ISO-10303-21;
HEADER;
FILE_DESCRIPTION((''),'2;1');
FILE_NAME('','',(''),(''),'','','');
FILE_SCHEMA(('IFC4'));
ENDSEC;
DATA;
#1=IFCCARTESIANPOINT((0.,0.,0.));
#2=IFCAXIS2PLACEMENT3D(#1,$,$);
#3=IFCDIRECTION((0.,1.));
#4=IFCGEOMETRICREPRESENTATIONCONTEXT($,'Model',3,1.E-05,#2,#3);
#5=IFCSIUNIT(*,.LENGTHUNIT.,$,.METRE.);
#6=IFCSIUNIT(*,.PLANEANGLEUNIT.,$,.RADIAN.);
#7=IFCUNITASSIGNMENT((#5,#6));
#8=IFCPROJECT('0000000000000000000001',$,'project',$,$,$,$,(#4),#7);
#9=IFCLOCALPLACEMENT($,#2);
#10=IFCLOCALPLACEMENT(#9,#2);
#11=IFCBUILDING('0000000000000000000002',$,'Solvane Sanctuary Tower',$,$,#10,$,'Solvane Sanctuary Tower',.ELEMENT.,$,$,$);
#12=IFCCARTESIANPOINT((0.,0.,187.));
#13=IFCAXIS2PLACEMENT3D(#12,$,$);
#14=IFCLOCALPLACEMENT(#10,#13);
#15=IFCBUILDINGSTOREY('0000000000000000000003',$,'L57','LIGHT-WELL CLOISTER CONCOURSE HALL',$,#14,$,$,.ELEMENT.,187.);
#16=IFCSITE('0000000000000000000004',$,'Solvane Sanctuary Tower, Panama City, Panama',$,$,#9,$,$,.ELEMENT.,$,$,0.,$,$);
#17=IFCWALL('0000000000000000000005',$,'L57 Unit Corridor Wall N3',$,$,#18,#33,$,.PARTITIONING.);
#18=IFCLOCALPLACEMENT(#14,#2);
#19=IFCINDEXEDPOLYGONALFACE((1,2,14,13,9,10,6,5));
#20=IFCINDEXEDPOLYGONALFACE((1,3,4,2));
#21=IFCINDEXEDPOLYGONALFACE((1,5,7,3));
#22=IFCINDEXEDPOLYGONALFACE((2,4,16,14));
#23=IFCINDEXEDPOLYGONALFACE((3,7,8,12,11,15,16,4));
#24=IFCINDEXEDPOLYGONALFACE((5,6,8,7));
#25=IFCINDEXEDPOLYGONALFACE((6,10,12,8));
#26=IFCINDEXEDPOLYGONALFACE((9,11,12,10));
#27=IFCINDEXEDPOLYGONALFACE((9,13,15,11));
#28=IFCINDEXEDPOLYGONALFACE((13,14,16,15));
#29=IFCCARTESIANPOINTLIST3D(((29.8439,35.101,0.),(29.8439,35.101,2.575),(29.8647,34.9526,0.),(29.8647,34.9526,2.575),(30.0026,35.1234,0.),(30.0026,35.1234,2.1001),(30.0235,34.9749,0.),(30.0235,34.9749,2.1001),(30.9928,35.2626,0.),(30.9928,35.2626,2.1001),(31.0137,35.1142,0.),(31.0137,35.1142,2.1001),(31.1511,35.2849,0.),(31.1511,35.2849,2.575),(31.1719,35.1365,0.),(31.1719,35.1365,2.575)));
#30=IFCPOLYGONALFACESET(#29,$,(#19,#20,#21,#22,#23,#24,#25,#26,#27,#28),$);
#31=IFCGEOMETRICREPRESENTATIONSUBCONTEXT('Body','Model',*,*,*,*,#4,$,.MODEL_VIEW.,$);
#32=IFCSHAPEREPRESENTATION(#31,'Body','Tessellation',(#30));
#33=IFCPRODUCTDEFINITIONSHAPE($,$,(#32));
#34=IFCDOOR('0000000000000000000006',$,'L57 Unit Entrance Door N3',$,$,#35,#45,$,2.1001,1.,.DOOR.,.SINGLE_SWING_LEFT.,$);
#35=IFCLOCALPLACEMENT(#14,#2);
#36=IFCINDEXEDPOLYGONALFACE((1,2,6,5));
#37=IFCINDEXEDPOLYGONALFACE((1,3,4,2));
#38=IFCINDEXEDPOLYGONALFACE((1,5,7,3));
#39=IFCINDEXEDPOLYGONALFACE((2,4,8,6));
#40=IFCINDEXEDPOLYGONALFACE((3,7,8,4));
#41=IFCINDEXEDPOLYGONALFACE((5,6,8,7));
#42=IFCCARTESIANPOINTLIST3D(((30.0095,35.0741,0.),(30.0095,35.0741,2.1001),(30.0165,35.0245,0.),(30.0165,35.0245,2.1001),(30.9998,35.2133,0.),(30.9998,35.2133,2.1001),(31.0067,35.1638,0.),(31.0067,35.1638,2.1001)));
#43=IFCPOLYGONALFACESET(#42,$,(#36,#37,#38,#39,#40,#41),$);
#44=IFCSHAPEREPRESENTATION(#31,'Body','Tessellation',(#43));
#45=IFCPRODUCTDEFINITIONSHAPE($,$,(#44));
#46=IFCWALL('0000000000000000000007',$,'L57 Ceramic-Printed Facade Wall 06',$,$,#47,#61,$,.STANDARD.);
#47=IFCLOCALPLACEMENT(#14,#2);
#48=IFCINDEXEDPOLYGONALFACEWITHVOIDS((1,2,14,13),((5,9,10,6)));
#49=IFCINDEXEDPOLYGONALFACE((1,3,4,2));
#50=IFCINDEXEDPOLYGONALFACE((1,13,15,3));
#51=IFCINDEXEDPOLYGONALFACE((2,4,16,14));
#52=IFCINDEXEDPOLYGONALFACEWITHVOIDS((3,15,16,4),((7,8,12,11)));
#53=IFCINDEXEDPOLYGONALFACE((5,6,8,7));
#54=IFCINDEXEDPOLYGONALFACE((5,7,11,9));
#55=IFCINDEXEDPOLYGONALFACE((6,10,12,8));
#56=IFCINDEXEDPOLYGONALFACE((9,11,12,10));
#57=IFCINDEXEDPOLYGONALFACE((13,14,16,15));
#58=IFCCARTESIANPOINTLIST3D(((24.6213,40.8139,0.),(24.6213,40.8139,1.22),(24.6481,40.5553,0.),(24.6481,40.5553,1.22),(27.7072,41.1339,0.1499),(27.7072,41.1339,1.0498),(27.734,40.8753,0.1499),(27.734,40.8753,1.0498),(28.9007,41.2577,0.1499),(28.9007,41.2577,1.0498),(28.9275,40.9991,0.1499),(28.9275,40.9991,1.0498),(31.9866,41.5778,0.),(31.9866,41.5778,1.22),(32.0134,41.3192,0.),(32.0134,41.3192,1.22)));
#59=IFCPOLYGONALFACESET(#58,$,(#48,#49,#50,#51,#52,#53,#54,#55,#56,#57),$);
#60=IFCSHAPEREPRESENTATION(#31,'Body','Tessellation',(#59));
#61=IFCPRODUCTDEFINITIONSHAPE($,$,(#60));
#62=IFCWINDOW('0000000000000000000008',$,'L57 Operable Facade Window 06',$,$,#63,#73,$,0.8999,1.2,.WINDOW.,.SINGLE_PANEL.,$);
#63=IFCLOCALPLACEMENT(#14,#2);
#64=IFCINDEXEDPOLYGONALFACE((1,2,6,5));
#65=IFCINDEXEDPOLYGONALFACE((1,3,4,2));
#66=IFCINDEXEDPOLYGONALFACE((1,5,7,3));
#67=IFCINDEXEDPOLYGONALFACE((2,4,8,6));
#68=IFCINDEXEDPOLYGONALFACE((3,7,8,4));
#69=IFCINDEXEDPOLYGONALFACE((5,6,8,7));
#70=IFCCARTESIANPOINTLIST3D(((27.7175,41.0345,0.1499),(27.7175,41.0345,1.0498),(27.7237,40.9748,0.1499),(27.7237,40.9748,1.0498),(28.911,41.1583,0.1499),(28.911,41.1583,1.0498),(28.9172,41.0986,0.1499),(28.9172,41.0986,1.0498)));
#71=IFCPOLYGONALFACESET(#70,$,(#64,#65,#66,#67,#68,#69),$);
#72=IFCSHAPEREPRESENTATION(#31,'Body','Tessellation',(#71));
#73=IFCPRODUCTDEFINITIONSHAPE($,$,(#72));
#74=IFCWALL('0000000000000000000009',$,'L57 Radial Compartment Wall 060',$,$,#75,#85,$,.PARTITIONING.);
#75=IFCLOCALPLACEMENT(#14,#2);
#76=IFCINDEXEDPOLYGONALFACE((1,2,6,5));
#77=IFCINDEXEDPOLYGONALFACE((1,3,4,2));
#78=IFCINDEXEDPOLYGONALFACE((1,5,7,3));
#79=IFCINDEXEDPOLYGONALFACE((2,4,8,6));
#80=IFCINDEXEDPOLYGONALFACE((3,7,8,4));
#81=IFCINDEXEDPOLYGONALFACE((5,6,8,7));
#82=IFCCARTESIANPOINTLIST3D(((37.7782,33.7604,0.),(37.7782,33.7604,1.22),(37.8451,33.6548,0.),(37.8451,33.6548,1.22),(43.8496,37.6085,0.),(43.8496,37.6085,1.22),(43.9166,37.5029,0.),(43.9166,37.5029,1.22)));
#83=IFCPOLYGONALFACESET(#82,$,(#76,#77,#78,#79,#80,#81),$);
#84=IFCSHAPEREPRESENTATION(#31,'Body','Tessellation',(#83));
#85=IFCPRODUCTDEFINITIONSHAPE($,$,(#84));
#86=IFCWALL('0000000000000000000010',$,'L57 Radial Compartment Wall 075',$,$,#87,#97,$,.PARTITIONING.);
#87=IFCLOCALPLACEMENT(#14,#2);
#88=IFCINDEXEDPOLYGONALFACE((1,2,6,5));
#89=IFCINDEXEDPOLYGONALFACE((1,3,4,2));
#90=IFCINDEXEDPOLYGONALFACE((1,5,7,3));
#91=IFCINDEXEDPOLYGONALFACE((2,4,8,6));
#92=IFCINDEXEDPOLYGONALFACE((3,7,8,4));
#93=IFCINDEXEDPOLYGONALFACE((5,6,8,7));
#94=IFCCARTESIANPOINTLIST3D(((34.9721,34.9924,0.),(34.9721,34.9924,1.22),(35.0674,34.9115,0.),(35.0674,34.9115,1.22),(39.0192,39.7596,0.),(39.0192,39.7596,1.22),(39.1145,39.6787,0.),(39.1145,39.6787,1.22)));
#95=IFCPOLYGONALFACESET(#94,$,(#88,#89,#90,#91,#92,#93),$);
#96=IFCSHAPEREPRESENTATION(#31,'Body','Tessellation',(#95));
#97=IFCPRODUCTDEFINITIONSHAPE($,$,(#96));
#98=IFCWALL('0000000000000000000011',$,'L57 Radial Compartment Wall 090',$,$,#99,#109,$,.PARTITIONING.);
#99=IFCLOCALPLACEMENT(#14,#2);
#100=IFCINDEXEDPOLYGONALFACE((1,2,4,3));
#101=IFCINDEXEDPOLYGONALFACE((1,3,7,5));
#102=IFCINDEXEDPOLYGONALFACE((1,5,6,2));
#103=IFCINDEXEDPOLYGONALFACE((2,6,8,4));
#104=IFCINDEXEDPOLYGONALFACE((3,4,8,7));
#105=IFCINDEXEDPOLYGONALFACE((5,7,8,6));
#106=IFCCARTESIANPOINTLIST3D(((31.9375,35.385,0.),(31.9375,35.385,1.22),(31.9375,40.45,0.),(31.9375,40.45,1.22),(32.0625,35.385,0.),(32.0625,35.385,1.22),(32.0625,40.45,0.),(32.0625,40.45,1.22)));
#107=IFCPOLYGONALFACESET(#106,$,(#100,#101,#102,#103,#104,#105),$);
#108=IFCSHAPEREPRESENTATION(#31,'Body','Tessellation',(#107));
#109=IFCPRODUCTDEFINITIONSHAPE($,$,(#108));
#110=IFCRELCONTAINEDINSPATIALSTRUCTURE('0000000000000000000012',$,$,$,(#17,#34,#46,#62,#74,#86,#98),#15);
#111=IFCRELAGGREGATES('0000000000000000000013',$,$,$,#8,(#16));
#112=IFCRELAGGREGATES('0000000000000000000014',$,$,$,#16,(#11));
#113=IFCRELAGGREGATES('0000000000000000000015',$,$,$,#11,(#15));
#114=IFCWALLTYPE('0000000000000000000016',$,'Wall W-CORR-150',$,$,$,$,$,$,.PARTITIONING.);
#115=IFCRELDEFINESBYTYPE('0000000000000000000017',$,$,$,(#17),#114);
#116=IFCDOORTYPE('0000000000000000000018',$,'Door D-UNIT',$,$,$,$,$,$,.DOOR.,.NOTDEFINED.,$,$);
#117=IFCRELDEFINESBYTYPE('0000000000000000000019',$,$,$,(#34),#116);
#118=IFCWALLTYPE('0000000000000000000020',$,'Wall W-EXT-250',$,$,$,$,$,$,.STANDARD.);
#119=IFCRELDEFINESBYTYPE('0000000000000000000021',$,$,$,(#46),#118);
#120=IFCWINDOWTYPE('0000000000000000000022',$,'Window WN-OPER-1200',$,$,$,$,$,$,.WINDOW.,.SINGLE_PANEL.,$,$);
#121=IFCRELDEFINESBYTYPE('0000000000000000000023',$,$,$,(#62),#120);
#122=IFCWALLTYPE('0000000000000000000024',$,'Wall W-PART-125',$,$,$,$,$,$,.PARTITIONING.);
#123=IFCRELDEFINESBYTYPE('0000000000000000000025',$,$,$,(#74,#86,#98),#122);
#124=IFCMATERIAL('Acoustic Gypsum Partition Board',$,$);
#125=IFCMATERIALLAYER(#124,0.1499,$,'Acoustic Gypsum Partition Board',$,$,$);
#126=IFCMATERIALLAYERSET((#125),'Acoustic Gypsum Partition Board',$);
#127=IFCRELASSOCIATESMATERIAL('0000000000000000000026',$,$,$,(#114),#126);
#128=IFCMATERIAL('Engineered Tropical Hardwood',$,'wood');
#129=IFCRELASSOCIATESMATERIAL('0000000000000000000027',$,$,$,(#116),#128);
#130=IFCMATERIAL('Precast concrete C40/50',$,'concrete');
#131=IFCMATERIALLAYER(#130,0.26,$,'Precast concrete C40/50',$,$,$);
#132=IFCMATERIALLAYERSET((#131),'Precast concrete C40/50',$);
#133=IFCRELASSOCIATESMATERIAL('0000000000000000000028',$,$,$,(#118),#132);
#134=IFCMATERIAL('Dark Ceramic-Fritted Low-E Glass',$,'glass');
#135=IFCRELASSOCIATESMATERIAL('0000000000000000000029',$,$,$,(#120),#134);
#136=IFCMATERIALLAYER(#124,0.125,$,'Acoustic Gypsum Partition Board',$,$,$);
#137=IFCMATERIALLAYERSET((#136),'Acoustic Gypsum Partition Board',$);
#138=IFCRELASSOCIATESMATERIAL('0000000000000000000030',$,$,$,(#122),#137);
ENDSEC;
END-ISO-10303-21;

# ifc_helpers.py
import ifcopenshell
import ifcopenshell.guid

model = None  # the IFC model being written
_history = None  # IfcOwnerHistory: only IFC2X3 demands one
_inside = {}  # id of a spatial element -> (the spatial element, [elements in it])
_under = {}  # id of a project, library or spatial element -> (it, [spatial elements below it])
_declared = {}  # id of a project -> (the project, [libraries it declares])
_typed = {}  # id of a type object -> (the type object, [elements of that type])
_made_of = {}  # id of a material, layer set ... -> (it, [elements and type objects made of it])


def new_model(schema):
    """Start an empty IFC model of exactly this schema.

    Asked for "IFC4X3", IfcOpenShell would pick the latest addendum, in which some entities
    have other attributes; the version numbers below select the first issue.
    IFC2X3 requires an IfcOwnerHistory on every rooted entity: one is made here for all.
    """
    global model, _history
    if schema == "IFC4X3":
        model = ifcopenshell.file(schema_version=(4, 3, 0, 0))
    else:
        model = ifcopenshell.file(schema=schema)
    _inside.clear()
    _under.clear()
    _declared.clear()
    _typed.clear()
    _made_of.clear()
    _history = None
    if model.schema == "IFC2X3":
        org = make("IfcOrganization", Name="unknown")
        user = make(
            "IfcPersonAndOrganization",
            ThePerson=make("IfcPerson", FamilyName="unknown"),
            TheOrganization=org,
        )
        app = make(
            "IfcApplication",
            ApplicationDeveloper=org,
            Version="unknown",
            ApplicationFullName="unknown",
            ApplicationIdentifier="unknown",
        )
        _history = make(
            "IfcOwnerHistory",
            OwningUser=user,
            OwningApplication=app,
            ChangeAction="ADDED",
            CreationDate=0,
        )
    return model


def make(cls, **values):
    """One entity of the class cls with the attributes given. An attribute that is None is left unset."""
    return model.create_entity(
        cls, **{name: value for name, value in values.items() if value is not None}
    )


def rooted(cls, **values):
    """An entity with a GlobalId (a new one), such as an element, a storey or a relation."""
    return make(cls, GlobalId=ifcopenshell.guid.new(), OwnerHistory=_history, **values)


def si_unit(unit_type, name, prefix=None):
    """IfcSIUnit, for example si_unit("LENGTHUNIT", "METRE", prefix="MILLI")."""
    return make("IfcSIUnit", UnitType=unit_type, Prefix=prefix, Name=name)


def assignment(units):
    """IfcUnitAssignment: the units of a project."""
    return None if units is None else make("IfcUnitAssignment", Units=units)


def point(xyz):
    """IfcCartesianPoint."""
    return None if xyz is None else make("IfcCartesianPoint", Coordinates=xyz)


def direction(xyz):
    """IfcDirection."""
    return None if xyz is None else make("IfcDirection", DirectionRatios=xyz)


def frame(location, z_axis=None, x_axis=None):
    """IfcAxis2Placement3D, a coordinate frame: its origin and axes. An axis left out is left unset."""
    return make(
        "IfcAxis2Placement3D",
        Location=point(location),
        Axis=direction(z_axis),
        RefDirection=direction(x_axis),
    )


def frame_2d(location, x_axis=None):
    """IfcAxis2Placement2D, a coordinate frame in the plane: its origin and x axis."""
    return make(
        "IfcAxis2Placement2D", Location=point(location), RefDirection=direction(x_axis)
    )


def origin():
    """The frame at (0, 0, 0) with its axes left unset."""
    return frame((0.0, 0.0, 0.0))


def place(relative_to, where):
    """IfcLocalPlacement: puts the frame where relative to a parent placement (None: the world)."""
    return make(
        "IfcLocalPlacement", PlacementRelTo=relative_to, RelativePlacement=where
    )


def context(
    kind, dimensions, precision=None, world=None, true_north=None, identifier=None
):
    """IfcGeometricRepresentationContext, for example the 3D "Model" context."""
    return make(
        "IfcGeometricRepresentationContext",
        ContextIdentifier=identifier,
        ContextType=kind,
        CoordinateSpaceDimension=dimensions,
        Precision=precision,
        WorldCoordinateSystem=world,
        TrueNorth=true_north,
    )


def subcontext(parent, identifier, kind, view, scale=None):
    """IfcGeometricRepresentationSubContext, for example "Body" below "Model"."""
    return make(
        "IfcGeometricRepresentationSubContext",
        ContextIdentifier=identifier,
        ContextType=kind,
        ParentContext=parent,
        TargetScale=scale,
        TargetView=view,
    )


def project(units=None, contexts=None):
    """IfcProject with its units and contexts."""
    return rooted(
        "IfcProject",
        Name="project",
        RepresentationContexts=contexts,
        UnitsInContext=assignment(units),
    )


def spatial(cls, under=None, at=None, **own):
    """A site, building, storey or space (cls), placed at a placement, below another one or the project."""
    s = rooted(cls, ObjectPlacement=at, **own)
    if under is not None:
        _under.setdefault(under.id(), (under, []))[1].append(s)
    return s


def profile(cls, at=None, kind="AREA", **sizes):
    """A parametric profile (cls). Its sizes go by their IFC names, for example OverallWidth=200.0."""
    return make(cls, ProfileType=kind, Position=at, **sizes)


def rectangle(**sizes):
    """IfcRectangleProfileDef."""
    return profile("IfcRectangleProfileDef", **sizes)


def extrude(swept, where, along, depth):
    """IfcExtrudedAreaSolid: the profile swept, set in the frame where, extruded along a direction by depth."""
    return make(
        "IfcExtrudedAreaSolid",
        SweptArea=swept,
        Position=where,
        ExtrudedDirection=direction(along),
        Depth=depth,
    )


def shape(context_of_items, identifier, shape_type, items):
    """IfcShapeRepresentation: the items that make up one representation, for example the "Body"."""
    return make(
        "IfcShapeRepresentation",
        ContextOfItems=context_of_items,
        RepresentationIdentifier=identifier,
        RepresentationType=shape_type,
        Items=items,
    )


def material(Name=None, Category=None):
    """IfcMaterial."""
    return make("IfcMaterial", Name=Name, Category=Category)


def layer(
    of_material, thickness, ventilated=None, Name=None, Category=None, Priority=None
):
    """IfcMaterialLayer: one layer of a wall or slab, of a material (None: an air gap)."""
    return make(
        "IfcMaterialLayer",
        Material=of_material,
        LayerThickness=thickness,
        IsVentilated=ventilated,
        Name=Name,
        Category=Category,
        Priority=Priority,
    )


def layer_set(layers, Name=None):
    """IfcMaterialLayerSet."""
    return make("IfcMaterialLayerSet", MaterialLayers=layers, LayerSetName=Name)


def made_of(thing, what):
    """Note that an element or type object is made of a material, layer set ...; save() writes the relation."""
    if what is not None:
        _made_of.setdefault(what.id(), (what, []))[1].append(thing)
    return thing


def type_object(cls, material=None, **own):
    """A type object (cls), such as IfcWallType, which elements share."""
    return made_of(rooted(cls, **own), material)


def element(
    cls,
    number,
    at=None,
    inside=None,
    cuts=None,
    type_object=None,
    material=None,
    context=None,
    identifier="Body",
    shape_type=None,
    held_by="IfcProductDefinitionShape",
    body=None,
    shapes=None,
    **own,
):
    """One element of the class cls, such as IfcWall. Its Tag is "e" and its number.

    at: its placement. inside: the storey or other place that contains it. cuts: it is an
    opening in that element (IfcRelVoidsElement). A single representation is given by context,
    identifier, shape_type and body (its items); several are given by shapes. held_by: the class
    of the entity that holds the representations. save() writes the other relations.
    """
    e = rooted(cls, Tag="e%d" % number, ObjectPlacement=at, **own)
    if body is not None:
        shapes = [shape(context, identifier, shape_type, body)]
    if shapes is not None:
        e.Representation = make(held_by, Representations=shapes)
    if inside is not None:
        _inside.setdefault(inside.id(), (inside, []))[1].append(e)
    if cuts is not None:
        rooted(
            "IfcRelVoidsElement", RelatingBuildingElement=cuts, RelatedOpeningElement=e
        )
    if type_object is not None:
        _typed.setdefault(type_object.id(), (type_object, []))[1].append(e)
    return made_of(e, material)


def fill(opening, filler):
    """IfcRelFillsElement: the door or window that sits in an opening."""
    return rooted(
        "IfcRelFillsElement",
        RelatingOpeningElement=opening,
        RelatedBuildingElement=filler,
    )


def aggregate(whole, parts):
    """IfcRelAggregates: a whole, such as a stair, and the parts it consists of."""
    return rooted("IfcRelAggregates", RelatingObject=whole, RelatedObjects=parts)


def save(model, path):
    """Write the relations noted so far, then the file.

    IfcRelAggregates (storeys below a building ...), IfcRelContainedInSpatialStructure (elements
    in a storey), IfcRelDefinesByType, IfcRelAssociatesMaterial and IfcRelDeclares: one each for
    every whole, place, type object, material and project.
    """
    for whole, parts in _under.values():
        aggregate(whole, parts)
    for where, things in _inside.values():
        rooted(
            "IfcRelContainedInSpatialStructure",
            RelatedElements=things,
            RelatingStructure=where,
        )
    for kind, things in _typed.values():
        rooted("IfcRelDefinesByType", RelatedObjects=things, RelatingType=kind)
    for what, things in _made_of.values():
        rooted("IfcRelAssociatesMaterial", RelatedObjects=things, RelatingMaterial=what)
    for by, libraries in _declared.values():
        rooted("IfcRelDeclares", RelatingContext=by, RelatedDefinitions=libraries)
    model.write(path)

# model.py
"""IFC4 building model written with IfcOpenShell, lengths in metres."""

from ifc_helpers import new_model, si_unit, direction, frame, frame_2d, origin, place, context, subcontext, project, spatial, rectangle, extrude, material, layer, layer_set, type_object, element, fill, save


model = new_model("IFC4")

# Units and contexts
model_context = context("Model", 3, precision=1e-05, world=origin(), true_north=direction((0.0, 1.0)))
body_context = subcontext(model_context, "Body", "Model", "MODEL_VIEW")
ifc_project = project(units=[si_unit("LENGTHUNIT", "METRE"), si_unit("PLANEANGLEUNIT", "RADIAN")], contexts=[model_context])

# Site, building, storey
site_placement = place(None, origin())
site = spatial("IfcSite", under=ifc_project, at=site_placement, Name="Solvane Sanctuary Tower, Panama City, Panama", CompositionType="ELEMENT", RefElevation=0.0)
building_placement = place(site_placement, origin())
building = spatial("IfcBuilding", under=site, at=building_placement, Name="Solvane Sanctuary Tower", LongName="Solvane Sanctuary Tower", CompositionType="ELEMENT")
storey_placement = place(building_placement, frame((0.0, 0.0, 187.0)))
storey = spatial("IfcBuildingStorey", under=building, at=storey_placement, Name="L57", Description="LIGHT-WELL CLOISTER CONCOURSE HALL", CompositionType="ELEMENT", Elevation=187.0)

# Shared definitions
ifc_material_1 = material(Name="Acoustic Gypsum Partition Board")
ifc_layer_1 = layer(ifc_material_1, 0.1499, Name="Acoustic Gypsum Partition Board")
ifc_layer_set_1 = layer_set([ifc_layer_1], Name="Acoustic Gypsum Partition Board")
wall_type_1 = type_object("IfcWallType", Name="Wall W-CORR-150", PredefinedType="PARTITIONING", material=ifc_layer_set_1)

# Shared definitions
ifc_material_2 = material(Name="Engineered Tropical Hardwood", Category="wood")
door_type = type_object("IfcDoorType", Name="Door D-UNIT", OperationType="NOTDEFINED", PredefinedType="DOOR", material=ifc_material_2)

# Wall, opening, door
wall_1_placement = place(storey_placement, frame((31.1616, 35.2107, 0.0), z_axis=(0.0, 0.0, 1.0), x_axis=(-0.990254, -0.139272, 0.0)))
wall_1 = element("IfcWall", 1, at=wall_1_placement, inside=storey, type_object=wall_type_1, Name="L57 Unit Corridor Wall N3", PredefinedType="PARTITIONING", context=body_context, shape_type="SweptSolid", body=[
    extrude(rectangle(XDim=1.3201, YDim=0.1499, at=frame_2d((0.6602, 0.0))), origin(), (0.0, 0.0, 1.0), 2.575),
])
opening_1_placement = place(wall_1_placement, frame((0.1599, 0.0, 0.0)))
opening_1 = element("IfcOpeningElement", 2, at=opening_1_placement, cuts=wall_1, PredefinedType="OPENING", context=body_context, shape_type="SweptSolid", body=[
    extrude(rectangle(XDim=1.0, YDim=2.1001, at=frame_2d((0.5, 1.05))), frame((0.0, 0.085, 0.0), z_axis=(0.0, -1.0, 0.0), x_axis=(1.0, 0.0, 0.0)), (0.0, 0.0, 1.0), 0.1699),
])
door_1_placement = place(opening_1_placement, origin())
door_1 = element("IfcDoor", 3, at=door_1_placement, inside=storey, type_object=door_type, Name="L57 Unit Entrance Door N3", OperationType="SINGLE_SWING_LEFT", OverallHeight=2.1001, OverallWidth=1.0, PredefinedType="DOOR", context=body_context, shape_type="SweptSolid", body=[
    extrude(rectangle(XDim=1.0, YDim=2.1001, at=frame_2d((0.5, 1.05))), frame((0.0, 0.0249, 0.0), z_axis=(0.0, -1.0, 0.0), x_axis=(1.0, 0.0, 0.0)), (0.0, 0.0, 1.0), 0.05),
])
fill(opening_1, door_1)

# Wall, opening, window
ifc_material_3 = material(Name="Precast concrete C40/50", Category="concrete")
ifc_layer_2 = layer(ifc_material_3, 0.26, Name="Precast concrete C40/50")
ifc_layer_set_2 = layer_set([ifc_layer_2], Name="Precast concrete C40/50")
wall_type_2 = type_object("IfcWallType", Name="Wall W-EXT-250", PredefinedType="STANDARD", material=ifc_layer_set_2)
wall_2_placement = place(storey_placement, frame((32.0, 41.4485, 0.0), z_axis=(0.0, 0.0, 1.0), x_axis=(-0.994664, -0.103166, 0.0)))
wall_2 = element("IfcWall", 4, at=wall_2_placement, inside=storey, type_object=wall_type_2, Name="L57 Ceramic-Printed Facade Wall 06", PredefinedType="STANDARD", context=body_context, shape_type="SweptSolid", body=[
    extrude(rectangle(XDim=7.4048, YDim=0.26, at=frame_2d((3.7024, 0.0))), origin(), (0.0, 0.0, 1.0), 1.22),
])
opening_2_placement = place(wall_2_placement, frame((3.1023, 0.0, 0.1499)))
opening_2 = element("IfcOpeningElement", 5, at=opening_2_placement, cuts=wall_2, PredefinedType="OPENING", context=body_context, shape_type="SweptSolid", body=[
    extrude(rectangle(XDim=1.2, YDim=0.8999, at=frame_2d((0.6001, 0.45))), frame((0.0, 0.1399, 0.0), z_axis=(0.0, -1.0, 0.0), x_axis=(1.0, 0.0, 0.0)), (0.0, 0.0, 1.0), 0.28),
])
ifc_material_4 = material(Name="Dark Ceramic-Fritted Low-E Glass", Category="glass")
window_type = type_object("IfcWindowType", Name="Window WN-OPER-1200", PartitioningType="SINGLE_PANEL", PredefinedType="WINDOW", material=ifc_material_4)
window_placement = place(opening_2_placement, origin())
window = element("IfcWindow", 6, at=window_placement, inside=storey, type_object=window_type, Name="L57 Operable Facade Window 06", OverallHeight=0.8999, OverallWidth=1.2, PartitioningType="SINGLE_PANEL", PredefinedType="WINDOW", context=body_context, shape_type="SweptSolid", body=[
    extrude(rectangle(XDim=1.2, YDim=0.8999, at=frame_2d((0.6001, 0.45))), frame((0.0, 0.03, 0.0), z_axis=(0.0, -1.0, 0.0), x_axis=(1.0, 0.0, 0.0)), (0.0, 0.0, 1.0), 0.0601),
])
fill(opening_2, window)

# Walls
ifc_layer_3 = layer(ifc_material_1, 0.125, Name="Acoustic Gypsum Partition Board")
ifc_layer_set_3 = layer_set([ifc_layer_3], Name="Acoustic Gypsum Partition Board")
wall_type_3 = type_object("IfcWallType", Name="Wall W-PART-125", PredefinedType="PARTITIONING", material=ifc_layer_set_3)
wall_3_placement = place(storey_placement, frame((37.8115, 33.7075, 0.0), z_axis=(0.0, 0.0, 1.0), x_axis=(0.84464, 0.535334, 0.0)))
element("IfcWall", 7, at=wall_3_placement, inside=storey, type_object=wall_type_3, Name="L57 Radial Compartment Wall 060", PredefinedType="PARTITIONING", context=body_context, shape_type="SweptSolid", body=[
    extrude(rectangle(XDim=7.1882, YDim=0.125, at=frame_2d((3.5942, 0.0))), origin(), (0.0, 0.0, 1.0), 1.22),
])
wall_4_placement = place(storey_placement, frame((35.0198, 34.9519, 0.0), z_axis=(0.0, 0.0, 1.0), x_axis=(0.647173, 0.762343, 0.0)))
element("IfcWall", 8, at=wall_4_placement, inside=storey, type_object=wall_type_3, Name="L57 Radial Compartment Wall 075", PredefinedType="PARTITIONING", context=body_context, shape_type="SweptSolid", body=[
    extrude(rectangle(XDim=6.2534, YDim=0.125, at=frame_2d((3.1267, 0.0))), origin(), (0.0, 0.0, 1.0), 1.22),
])
wall_5_placement = place(storey_placement, frame((32.0, 35.385, 0.0), z_axis=(0.0, 0.0, 1.0), x_axis=(0.0, 1.0, 0.0)))
element("IfcWall", 9, at=wall_5_placement, inside=storey, type_object=wall_type_3, Name="L57 Radial Compartment Wall 090", PredefinedType="PARTITIONING", context=body_context, shape_type="SweptSolid", body=[
    extrude(rectangle(XDim=5.0649, YDim=0.125, at=frame_2d((2.5325, 0.0))), origin(), (0.0, 0.0, 1.0), 1.22),
])

save(model, "model.ifc")
